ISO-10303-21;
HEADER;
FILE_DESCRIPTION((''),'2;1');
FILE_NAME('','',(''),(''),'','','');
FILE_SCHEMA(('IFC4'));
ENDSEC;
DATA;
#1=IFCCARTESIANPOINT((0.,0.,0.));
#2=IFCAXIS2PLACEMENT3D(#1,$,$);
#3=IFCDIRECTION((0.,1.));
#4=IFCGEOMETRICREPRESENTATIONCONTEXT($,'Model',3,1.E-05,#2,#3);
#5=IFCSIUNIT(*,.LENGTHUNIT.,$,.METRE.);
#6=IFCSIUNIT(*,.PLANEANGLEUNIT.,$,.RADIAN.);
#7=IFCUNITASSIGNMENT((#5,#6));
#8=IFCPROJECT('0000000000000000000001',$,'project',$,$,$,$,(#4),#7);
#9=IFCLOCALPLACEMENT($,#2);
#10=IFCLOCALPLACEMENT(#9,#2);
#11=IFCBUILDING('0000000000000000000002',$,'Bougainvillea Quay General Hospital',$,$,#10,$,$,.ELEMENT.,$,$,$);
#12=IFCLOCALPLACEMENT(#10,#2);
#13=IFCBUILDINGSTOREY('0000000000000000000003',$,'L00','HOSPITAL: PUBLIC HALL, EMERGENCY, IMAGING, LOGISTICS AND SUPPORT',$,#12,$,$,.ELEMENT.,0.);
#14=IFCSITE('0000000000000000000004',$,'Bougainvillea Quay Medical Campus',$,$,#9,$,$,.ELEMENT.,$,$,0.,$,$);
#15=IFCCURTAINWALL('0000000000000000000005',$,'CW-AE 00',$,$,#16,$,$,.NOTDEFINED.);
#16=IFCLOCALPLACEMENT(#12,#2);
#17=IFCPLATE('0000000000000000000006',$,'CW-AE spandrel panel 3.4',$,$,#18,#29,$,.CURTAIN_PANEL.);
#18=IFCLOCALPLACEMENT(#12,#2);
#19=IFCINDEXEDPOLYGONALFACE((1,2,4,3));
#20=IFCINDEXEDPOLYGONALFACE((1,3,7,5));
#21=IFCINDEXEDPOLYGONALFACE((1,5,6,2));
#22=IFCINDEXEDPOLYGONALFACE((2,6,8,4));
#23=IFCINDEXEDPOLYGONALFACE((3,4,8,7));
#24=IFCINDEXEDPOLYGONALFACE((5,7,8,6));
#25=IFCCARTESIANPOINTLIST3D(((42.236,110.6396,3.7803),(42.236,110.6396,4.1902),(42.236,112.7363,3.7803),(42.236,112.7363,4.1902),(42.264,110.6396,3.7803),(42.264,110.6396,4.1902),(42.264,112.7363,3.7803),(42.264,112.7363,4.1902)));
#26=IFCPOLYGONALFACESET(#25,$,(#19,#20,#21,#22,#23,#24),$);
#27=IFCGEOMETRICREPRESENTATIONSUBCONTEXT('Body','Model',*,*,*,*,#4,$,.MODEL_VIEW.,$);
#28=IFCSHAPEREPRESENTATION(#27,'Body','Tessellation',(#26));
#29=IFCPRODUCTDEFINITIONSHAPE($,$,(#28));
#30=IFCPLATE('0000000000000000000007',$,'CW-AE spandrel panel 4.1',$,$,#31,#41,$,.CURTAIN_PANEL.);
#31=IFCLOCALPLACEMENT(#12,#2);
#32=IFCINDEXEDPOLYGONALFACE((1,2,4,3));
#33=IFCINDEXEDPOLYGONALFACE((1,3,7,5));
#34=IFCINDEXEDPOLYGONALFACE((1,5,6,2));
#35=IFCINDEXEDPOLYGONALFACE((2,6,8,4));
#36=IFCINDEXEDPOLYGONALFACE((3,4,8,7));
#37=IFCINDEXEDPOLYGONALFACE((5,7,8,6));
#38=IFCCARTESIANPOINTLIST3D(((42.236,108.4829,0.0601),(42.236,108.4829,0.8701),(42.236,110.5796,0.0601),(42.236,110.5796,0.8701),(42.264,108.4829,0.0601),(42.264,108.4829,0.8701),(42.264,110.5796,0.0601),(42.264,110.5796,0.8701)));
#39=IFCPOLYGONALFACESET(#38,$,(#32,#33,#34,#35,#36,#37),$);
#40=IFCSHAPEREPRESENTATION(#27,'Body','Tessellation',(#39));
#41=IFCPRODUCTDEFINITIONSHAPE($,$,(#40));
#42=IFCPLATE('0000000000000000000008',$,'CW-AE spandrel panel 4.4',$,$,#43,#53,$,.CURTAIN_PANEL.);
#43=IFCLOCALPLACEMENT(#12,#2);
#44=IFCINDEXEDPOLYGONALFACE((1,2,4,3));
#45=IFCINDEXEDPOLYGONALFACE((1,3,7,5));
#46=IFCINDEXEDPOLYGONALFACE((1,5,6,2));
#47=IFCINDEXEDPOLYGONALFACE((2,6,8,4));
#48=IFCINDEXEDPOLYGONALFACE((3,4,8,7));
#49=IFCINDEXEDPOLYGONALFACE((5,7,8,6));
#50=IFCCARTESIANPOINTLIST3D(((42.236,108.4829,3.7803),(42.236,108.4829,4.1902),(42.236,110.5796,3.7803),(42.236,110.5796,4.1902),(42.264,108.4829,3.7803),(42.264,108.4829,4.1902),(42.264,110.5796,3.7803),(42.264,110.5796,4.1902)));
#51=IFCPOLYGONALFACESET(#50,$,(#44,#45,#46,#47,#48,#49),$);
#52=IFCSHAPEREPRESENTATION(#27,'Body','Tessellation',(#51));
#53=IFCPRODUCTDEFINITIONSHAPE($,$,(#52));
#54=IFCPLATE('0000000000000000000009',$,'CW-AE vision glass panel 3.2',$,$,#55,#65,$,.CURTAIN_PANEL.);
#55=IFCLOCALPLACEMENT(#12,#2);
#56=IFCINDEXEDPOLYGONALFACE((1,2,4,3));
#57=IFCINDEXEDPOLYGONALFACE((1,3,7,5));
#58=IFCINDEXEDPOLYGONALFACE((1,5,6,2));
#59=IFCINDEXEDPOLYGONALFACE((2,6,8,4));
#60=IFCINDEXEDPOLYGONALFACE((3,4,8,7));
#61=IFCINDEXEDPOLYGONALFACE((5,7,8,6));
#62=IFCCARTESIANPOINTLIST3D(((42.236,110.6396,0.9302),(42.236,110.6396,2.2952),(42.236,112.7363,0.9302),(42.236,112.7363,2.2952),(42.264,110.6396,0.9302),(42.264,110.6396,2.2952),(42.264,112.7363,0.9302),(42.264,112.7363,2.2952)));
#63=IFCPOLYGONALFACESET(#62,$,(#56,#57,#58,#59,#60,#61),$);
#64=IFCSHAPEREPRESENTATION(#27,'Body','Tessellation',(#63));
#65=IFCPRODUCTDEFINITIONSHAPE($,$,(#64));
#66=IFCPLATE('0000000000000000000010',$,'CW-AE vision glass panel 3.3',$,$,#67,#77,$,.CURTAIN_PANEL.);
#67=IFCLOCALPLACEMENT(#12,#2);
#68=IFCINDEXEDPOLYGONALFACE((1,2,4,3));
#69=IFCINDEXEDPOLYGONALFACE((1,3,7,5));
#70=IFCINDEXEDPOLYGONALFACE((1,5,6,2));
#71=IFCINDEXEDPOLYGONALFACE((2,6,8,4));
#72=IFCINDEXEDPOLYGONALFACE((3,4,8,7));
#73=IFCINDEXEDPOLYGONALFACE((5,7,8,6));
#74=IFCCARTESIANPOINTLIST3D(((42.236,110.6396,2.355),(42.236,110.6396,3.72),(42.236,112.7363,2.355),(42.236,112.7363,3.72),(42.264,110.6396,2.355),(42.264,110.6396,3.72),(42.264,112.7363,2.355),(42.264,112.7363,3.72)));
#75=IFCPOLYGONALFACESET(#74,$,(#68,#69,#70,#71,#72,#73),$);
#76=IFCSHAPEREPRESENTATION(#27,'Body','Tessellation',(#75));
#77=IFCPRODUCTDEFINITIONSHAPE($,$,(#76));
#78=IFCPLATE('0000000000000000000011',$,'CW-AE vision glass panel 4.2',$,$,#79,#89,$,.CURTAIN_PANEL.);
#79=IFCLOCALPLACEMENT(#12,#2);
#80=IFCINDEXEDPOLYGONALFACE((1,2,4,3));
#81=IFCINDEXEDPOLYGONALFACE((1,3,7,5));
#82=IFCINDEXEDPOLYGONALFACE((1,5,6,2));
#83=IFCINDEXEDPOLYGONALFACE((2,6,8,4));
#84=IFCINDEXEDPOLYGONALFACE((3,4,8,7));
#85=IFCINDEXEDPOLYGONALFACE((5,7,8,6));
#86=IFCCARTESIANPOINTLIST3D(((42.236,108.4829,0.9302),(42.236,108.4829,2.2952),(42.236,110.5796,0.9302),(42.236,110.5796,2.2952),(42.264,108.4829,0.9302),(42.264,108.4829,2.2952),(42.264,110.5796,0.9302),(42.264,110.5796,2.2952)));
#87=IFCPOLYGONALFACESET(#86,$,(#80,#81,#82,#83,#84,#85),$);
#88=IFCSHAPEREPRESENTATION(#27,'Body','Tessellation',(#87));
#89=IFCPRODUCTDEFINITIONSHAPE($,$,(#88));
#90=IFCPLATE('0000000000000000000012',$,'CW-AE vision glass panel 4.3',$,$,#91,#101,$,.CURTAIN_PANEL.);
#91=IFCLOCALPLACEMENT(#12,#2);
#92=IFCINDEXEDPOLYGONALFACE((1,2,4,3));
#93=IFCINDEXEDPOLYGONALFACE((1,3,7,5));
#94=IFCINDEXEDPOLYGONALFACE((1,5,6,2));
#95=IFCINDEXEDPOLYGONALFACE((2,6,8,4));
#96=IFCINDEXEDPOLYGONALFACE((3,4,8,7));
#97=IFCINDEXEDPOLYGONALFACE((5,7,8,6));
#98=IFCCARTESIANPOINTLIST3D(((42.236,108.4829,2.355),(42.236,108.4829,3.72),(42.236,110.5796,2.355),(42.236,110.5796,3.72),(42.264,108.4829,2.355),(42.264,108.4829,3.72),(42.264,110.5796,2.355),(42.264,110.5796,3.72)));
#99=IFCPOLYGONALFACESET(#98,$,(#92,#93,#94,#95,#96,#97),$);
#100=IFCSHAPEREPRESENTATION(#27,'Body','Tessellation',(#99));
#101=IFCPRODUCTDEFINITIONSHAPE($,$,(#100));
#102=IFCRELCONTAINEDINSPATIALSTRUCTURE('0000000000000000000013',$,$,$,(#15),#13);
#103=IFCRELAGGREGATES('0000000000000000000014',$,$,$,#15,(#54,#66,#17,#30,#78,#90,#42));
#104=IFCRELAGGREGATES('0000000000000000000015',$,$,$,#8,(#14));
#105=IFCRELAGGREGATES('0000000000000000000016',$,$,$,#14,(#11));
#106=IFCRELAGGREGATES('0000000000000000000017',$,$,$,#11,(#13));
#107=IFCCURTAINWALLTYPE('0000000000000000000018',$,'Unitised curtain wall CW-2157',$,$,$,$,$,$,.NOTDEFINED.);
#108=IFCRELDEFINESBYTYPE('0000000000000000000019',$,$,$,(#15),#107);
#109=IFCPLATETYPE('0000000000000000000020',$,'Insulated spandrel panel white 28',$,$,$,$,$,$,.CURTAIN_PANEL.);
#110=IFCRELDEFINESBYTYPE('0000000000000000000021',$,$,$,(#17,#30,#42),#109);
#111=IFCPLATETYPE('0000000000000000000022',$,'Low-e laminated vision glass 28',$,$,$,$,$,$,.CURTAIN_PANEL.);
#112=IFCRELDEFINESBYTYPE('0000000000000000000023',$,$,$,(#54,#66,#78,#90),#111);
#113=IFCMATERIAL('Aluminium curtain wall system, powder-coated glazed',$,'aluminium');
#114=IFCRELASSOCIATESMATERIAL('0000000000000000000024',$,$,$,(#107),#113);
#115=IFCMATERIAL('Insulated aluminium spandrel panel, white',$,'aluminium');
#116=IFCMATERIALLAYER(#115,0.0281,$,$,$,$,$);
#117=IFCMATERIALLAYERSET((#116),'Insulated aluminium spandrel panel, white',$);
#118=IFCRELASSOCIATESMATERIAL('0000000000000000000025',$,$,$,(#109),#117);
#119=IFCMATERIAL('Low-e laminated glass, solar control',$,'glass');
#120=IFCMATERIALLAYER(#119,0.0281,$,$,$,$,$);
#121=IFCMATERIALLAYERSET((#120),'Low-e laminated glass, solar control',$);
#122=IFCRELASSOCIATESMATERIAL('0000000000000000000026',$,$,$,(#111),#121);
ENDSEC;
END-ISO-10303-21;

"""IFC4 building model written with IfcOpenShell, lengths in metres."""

from ifc_helpers import new_model, si_unit, direction, frame, origin, origin_2d, place, context, subcontext, project, spatial, rectangle, extrude, material, layer, layer_set, type_object, element, aggregate, save


model = new_model("IFC4")

# Units and contexts
model_context = context("Model", 3, precision=1e-05, world=origin(), true_north=direction((0.0, 1.0)))
body_context = subcontext(model_context, "Body", "Model", "MODEL_VIEW")
ifc_project = project(units=[si_unit("LENGTHUNIT", "METRE"), si_unit("PLANEANGLEUNIT", "RADIAN")], contexts=[model_context])

# Site, building, storey
site_placement = place(None, origin())
site = spatial("IfcSite", under=ifc_project, at=site_placement, Name="Bougainvillea Quay Medical Campus", CompositionType="ELEMENT", RefElevation=0.0)
building_placement = place(site_placement, origin())
building = spatial("IfcBuilding", under=site, at=building_placement, Name="Bougainvillea Quay General Hospital", CompositionType="ELEMENT")
storey_placement = place(building_placement, origin())
storey = spatial("IfcBuildingStorey", under=building, at=storey_placement, Name="L00", Description="HOSPITAL: PUBLIC HALL, EMERGENCY, IMAGING, LOGISTICS AND SUPPORT", CompositionType="ELEMENT", Elevation=0.0)

# Curtain wall, plates
ifc_material_1 = material(Name="Aluminium curtain wall system, powder-coated glazed", Category="aluminium")
curtain_wall_type = type_object("IfcCurtainWallType", Name="Unitised curtain wall CW-2157", PredefinedType="NOTDEFINED", material=ifc_material_1)
curtain_wall_placement = place(storey_placement, origin())
curtain_wall = element("IfcCurtainWall", 1, at=curtain_wall_placement, inside=storey, type_object=curtain_wall_type, Name="CW-AE 00", PredefinedType="NOTDEFINED")
ifc_material_2 = material(Name="Insulated aluminium spandrel panel, white", Category="aluminium")
ifc_layer_1 = layer(ifc_material_2, 0.0281)
ifc_layer_set_1 = layer_set([ifc_layer_1], Name="Insulated aluminium spandrel panel, white")
plate_type_1 = type_object("IfcPlateType", Name="Insulated spandrel panel white 28", PredefinedType="CURTAIN_PANEL", material=ifc_layer_set_1)
plate_1_placement = place(storey_placement, frame((42.25, 111.688, 3.7803), z_axis=(0.0, 0.0, 1.0), x_axis=(0.0, -1.0, 0.0)))
plate_1 = element("IfcPlate", 2, at=plate_1_placement, type_object=plate_type_1, Name="CW-AE spandrel panel 3.4", PredefinedType="CURTAIN_PANEL", context=body_context, shape_type="SweptSolid", body=[
    extrude(rectangle(XDim=2.0967, YDim=0.0281, at=origin_2d()), origin(), (0.0, 0.0, 1.0), 0.4099),
])
plate_2_placement = place(storey_placement, frame((42.25, 109.5312, 0.0601), z_axis=(0.0, 0.0, 1.0), x_axis=(0.0, -1.0, 0.0)))
plate_2 = element("IfcPlate", 3, at=plate_2_placement, type_object=plate_type_1, Name="CW-AE spandrel panel 4.1", PredefinedType="CURTAIN_PANEL", context=body_context, shape_type="SweptSolid", body=[
    extrude(rectangle(XDim=2.0967, YDim=0.0281, at=origin_2d()), origin(), (0.0, 0.0, 1.0), 0.8101),
])
plate_3_placement = place(storey_placement, frame((42.25, 109.5312, 3.7803), z_axis=(0.0, 0.0, 1.0), x_axis=(0.0, -1.0, 0.0)))
plate_3 = element("IfcPlate", 4, at=plate_3_placement, type_object=plate_type_1, Name="CW-AE spandrel panel 4.4", PredefinedType="CURTAIN_PANEL", context=body_context, shape_type="SweptSolid", body=[
    extrude(rectangle(XDim=2.0967, YDim=0.0281, at=origin_2d()), origin(), (0.0, 0.0, 1.0), 0.4099),
])
ifc_material_3 = material(Name="Low-e laminated glass, solar control", Category="glass")
ifc_layer_2 = layer(ifc_material_3, 0.0281)
ifc_layer_set_2 = layer_set([ifc_layer_2], Name="Low-e laminated glass, solar control")
plate_type_2 = type_object("IfcPlateType", Name="Low-e laminated vision glass 28", PredefinedType="CURTAIN_PANEL", material=ifc_layer_set_2)
plate_4_placement = place(storey_placement, frame((42.25, 111.688, 0.9302), z_axis=(0.0, 0.0, 1.0), x_axis=(0.0, -1.0, 0.0)))
plate_4 = element("IfcPlate", 5, at=plate_4_placement, type_object=plate_type_2, Name="CW-AE vision glass panel 3.2", PredefinedType="CURTAIN_PANEL", context=body_context, shape_type="SweptSolid", body=[
    extrude(rectangle(XDim=2.0967, YDim=0.0281, at=origin_2d()), origin(), (0.0, 0.0, 1.0), 1.365),
])
plate_5_placement = place(storey_placement, frame((42.25, 111.688, 2.355), z_axis=(0.0, 0.0, 1.0), x_axis=(0.0, -1.0, 0.0)))
plate_5 = element("IfcPlate", 6, at=plate_5_placement, type_object=plate_type_2, Name="CW-AE vision glass panel 3.3", PredefinedType="CURTAIN_PANEL", context=body_context, shape_type="SweptSolid", body=[
    extrude(rectangle(XDim=2.0967, YDim=0.0281, at=origin_2d()), origin(), (0.0, 0.0, 1.0), 1.365),
])
plate_6_placement = place(storey_placement, frame((42.25, 109.5312, 0.9302), z_axis=(0.0, 0.0, 1.0), x_axis=(0.0, -1.0, 0.0)))
plate_6 = element("IfcPlate", 7, at=plate_6_placement, type_object=plate_type_2, Name="CW-AE vision glass panel 4.2", PredefinedType="CURTAIN_PANEL", context=body_context, shape_type="SweptSolid", body=[
    extrude(rectangle(XDim=2.0967, YDim=0.0281, at=origin_2d()), origin(), (0.0, 0.0, 1.0), 1.365),
])
plate_7_placement = place(storey_placement, frame((42.25, 109.5312, 2.355), z_axis=(0.0, 0.0, 1.0), x_axis=(0.0, -1.0, 0.0)))
plate_7 = element("IfcPlate", 8, at=plate_7_placement, type_object=plate_type_2, Name="CW-AE vision glass panel 4.3", PredefinedType="CURTAIN_PANEL", context=body_context, shape_type="SweptSolid", body=[
    extrude(rectangle(XDim=2.0967, YDim=0.0281, at=origin_2d()), origin(), (0.0, 0.0, 1.0), 1.365),
])
aggregate(curtain_wall, [plate_4, plate_5, plate_1, plate_2, plate_6, plate_7, plate_3])

save(model, "model.ifc")
